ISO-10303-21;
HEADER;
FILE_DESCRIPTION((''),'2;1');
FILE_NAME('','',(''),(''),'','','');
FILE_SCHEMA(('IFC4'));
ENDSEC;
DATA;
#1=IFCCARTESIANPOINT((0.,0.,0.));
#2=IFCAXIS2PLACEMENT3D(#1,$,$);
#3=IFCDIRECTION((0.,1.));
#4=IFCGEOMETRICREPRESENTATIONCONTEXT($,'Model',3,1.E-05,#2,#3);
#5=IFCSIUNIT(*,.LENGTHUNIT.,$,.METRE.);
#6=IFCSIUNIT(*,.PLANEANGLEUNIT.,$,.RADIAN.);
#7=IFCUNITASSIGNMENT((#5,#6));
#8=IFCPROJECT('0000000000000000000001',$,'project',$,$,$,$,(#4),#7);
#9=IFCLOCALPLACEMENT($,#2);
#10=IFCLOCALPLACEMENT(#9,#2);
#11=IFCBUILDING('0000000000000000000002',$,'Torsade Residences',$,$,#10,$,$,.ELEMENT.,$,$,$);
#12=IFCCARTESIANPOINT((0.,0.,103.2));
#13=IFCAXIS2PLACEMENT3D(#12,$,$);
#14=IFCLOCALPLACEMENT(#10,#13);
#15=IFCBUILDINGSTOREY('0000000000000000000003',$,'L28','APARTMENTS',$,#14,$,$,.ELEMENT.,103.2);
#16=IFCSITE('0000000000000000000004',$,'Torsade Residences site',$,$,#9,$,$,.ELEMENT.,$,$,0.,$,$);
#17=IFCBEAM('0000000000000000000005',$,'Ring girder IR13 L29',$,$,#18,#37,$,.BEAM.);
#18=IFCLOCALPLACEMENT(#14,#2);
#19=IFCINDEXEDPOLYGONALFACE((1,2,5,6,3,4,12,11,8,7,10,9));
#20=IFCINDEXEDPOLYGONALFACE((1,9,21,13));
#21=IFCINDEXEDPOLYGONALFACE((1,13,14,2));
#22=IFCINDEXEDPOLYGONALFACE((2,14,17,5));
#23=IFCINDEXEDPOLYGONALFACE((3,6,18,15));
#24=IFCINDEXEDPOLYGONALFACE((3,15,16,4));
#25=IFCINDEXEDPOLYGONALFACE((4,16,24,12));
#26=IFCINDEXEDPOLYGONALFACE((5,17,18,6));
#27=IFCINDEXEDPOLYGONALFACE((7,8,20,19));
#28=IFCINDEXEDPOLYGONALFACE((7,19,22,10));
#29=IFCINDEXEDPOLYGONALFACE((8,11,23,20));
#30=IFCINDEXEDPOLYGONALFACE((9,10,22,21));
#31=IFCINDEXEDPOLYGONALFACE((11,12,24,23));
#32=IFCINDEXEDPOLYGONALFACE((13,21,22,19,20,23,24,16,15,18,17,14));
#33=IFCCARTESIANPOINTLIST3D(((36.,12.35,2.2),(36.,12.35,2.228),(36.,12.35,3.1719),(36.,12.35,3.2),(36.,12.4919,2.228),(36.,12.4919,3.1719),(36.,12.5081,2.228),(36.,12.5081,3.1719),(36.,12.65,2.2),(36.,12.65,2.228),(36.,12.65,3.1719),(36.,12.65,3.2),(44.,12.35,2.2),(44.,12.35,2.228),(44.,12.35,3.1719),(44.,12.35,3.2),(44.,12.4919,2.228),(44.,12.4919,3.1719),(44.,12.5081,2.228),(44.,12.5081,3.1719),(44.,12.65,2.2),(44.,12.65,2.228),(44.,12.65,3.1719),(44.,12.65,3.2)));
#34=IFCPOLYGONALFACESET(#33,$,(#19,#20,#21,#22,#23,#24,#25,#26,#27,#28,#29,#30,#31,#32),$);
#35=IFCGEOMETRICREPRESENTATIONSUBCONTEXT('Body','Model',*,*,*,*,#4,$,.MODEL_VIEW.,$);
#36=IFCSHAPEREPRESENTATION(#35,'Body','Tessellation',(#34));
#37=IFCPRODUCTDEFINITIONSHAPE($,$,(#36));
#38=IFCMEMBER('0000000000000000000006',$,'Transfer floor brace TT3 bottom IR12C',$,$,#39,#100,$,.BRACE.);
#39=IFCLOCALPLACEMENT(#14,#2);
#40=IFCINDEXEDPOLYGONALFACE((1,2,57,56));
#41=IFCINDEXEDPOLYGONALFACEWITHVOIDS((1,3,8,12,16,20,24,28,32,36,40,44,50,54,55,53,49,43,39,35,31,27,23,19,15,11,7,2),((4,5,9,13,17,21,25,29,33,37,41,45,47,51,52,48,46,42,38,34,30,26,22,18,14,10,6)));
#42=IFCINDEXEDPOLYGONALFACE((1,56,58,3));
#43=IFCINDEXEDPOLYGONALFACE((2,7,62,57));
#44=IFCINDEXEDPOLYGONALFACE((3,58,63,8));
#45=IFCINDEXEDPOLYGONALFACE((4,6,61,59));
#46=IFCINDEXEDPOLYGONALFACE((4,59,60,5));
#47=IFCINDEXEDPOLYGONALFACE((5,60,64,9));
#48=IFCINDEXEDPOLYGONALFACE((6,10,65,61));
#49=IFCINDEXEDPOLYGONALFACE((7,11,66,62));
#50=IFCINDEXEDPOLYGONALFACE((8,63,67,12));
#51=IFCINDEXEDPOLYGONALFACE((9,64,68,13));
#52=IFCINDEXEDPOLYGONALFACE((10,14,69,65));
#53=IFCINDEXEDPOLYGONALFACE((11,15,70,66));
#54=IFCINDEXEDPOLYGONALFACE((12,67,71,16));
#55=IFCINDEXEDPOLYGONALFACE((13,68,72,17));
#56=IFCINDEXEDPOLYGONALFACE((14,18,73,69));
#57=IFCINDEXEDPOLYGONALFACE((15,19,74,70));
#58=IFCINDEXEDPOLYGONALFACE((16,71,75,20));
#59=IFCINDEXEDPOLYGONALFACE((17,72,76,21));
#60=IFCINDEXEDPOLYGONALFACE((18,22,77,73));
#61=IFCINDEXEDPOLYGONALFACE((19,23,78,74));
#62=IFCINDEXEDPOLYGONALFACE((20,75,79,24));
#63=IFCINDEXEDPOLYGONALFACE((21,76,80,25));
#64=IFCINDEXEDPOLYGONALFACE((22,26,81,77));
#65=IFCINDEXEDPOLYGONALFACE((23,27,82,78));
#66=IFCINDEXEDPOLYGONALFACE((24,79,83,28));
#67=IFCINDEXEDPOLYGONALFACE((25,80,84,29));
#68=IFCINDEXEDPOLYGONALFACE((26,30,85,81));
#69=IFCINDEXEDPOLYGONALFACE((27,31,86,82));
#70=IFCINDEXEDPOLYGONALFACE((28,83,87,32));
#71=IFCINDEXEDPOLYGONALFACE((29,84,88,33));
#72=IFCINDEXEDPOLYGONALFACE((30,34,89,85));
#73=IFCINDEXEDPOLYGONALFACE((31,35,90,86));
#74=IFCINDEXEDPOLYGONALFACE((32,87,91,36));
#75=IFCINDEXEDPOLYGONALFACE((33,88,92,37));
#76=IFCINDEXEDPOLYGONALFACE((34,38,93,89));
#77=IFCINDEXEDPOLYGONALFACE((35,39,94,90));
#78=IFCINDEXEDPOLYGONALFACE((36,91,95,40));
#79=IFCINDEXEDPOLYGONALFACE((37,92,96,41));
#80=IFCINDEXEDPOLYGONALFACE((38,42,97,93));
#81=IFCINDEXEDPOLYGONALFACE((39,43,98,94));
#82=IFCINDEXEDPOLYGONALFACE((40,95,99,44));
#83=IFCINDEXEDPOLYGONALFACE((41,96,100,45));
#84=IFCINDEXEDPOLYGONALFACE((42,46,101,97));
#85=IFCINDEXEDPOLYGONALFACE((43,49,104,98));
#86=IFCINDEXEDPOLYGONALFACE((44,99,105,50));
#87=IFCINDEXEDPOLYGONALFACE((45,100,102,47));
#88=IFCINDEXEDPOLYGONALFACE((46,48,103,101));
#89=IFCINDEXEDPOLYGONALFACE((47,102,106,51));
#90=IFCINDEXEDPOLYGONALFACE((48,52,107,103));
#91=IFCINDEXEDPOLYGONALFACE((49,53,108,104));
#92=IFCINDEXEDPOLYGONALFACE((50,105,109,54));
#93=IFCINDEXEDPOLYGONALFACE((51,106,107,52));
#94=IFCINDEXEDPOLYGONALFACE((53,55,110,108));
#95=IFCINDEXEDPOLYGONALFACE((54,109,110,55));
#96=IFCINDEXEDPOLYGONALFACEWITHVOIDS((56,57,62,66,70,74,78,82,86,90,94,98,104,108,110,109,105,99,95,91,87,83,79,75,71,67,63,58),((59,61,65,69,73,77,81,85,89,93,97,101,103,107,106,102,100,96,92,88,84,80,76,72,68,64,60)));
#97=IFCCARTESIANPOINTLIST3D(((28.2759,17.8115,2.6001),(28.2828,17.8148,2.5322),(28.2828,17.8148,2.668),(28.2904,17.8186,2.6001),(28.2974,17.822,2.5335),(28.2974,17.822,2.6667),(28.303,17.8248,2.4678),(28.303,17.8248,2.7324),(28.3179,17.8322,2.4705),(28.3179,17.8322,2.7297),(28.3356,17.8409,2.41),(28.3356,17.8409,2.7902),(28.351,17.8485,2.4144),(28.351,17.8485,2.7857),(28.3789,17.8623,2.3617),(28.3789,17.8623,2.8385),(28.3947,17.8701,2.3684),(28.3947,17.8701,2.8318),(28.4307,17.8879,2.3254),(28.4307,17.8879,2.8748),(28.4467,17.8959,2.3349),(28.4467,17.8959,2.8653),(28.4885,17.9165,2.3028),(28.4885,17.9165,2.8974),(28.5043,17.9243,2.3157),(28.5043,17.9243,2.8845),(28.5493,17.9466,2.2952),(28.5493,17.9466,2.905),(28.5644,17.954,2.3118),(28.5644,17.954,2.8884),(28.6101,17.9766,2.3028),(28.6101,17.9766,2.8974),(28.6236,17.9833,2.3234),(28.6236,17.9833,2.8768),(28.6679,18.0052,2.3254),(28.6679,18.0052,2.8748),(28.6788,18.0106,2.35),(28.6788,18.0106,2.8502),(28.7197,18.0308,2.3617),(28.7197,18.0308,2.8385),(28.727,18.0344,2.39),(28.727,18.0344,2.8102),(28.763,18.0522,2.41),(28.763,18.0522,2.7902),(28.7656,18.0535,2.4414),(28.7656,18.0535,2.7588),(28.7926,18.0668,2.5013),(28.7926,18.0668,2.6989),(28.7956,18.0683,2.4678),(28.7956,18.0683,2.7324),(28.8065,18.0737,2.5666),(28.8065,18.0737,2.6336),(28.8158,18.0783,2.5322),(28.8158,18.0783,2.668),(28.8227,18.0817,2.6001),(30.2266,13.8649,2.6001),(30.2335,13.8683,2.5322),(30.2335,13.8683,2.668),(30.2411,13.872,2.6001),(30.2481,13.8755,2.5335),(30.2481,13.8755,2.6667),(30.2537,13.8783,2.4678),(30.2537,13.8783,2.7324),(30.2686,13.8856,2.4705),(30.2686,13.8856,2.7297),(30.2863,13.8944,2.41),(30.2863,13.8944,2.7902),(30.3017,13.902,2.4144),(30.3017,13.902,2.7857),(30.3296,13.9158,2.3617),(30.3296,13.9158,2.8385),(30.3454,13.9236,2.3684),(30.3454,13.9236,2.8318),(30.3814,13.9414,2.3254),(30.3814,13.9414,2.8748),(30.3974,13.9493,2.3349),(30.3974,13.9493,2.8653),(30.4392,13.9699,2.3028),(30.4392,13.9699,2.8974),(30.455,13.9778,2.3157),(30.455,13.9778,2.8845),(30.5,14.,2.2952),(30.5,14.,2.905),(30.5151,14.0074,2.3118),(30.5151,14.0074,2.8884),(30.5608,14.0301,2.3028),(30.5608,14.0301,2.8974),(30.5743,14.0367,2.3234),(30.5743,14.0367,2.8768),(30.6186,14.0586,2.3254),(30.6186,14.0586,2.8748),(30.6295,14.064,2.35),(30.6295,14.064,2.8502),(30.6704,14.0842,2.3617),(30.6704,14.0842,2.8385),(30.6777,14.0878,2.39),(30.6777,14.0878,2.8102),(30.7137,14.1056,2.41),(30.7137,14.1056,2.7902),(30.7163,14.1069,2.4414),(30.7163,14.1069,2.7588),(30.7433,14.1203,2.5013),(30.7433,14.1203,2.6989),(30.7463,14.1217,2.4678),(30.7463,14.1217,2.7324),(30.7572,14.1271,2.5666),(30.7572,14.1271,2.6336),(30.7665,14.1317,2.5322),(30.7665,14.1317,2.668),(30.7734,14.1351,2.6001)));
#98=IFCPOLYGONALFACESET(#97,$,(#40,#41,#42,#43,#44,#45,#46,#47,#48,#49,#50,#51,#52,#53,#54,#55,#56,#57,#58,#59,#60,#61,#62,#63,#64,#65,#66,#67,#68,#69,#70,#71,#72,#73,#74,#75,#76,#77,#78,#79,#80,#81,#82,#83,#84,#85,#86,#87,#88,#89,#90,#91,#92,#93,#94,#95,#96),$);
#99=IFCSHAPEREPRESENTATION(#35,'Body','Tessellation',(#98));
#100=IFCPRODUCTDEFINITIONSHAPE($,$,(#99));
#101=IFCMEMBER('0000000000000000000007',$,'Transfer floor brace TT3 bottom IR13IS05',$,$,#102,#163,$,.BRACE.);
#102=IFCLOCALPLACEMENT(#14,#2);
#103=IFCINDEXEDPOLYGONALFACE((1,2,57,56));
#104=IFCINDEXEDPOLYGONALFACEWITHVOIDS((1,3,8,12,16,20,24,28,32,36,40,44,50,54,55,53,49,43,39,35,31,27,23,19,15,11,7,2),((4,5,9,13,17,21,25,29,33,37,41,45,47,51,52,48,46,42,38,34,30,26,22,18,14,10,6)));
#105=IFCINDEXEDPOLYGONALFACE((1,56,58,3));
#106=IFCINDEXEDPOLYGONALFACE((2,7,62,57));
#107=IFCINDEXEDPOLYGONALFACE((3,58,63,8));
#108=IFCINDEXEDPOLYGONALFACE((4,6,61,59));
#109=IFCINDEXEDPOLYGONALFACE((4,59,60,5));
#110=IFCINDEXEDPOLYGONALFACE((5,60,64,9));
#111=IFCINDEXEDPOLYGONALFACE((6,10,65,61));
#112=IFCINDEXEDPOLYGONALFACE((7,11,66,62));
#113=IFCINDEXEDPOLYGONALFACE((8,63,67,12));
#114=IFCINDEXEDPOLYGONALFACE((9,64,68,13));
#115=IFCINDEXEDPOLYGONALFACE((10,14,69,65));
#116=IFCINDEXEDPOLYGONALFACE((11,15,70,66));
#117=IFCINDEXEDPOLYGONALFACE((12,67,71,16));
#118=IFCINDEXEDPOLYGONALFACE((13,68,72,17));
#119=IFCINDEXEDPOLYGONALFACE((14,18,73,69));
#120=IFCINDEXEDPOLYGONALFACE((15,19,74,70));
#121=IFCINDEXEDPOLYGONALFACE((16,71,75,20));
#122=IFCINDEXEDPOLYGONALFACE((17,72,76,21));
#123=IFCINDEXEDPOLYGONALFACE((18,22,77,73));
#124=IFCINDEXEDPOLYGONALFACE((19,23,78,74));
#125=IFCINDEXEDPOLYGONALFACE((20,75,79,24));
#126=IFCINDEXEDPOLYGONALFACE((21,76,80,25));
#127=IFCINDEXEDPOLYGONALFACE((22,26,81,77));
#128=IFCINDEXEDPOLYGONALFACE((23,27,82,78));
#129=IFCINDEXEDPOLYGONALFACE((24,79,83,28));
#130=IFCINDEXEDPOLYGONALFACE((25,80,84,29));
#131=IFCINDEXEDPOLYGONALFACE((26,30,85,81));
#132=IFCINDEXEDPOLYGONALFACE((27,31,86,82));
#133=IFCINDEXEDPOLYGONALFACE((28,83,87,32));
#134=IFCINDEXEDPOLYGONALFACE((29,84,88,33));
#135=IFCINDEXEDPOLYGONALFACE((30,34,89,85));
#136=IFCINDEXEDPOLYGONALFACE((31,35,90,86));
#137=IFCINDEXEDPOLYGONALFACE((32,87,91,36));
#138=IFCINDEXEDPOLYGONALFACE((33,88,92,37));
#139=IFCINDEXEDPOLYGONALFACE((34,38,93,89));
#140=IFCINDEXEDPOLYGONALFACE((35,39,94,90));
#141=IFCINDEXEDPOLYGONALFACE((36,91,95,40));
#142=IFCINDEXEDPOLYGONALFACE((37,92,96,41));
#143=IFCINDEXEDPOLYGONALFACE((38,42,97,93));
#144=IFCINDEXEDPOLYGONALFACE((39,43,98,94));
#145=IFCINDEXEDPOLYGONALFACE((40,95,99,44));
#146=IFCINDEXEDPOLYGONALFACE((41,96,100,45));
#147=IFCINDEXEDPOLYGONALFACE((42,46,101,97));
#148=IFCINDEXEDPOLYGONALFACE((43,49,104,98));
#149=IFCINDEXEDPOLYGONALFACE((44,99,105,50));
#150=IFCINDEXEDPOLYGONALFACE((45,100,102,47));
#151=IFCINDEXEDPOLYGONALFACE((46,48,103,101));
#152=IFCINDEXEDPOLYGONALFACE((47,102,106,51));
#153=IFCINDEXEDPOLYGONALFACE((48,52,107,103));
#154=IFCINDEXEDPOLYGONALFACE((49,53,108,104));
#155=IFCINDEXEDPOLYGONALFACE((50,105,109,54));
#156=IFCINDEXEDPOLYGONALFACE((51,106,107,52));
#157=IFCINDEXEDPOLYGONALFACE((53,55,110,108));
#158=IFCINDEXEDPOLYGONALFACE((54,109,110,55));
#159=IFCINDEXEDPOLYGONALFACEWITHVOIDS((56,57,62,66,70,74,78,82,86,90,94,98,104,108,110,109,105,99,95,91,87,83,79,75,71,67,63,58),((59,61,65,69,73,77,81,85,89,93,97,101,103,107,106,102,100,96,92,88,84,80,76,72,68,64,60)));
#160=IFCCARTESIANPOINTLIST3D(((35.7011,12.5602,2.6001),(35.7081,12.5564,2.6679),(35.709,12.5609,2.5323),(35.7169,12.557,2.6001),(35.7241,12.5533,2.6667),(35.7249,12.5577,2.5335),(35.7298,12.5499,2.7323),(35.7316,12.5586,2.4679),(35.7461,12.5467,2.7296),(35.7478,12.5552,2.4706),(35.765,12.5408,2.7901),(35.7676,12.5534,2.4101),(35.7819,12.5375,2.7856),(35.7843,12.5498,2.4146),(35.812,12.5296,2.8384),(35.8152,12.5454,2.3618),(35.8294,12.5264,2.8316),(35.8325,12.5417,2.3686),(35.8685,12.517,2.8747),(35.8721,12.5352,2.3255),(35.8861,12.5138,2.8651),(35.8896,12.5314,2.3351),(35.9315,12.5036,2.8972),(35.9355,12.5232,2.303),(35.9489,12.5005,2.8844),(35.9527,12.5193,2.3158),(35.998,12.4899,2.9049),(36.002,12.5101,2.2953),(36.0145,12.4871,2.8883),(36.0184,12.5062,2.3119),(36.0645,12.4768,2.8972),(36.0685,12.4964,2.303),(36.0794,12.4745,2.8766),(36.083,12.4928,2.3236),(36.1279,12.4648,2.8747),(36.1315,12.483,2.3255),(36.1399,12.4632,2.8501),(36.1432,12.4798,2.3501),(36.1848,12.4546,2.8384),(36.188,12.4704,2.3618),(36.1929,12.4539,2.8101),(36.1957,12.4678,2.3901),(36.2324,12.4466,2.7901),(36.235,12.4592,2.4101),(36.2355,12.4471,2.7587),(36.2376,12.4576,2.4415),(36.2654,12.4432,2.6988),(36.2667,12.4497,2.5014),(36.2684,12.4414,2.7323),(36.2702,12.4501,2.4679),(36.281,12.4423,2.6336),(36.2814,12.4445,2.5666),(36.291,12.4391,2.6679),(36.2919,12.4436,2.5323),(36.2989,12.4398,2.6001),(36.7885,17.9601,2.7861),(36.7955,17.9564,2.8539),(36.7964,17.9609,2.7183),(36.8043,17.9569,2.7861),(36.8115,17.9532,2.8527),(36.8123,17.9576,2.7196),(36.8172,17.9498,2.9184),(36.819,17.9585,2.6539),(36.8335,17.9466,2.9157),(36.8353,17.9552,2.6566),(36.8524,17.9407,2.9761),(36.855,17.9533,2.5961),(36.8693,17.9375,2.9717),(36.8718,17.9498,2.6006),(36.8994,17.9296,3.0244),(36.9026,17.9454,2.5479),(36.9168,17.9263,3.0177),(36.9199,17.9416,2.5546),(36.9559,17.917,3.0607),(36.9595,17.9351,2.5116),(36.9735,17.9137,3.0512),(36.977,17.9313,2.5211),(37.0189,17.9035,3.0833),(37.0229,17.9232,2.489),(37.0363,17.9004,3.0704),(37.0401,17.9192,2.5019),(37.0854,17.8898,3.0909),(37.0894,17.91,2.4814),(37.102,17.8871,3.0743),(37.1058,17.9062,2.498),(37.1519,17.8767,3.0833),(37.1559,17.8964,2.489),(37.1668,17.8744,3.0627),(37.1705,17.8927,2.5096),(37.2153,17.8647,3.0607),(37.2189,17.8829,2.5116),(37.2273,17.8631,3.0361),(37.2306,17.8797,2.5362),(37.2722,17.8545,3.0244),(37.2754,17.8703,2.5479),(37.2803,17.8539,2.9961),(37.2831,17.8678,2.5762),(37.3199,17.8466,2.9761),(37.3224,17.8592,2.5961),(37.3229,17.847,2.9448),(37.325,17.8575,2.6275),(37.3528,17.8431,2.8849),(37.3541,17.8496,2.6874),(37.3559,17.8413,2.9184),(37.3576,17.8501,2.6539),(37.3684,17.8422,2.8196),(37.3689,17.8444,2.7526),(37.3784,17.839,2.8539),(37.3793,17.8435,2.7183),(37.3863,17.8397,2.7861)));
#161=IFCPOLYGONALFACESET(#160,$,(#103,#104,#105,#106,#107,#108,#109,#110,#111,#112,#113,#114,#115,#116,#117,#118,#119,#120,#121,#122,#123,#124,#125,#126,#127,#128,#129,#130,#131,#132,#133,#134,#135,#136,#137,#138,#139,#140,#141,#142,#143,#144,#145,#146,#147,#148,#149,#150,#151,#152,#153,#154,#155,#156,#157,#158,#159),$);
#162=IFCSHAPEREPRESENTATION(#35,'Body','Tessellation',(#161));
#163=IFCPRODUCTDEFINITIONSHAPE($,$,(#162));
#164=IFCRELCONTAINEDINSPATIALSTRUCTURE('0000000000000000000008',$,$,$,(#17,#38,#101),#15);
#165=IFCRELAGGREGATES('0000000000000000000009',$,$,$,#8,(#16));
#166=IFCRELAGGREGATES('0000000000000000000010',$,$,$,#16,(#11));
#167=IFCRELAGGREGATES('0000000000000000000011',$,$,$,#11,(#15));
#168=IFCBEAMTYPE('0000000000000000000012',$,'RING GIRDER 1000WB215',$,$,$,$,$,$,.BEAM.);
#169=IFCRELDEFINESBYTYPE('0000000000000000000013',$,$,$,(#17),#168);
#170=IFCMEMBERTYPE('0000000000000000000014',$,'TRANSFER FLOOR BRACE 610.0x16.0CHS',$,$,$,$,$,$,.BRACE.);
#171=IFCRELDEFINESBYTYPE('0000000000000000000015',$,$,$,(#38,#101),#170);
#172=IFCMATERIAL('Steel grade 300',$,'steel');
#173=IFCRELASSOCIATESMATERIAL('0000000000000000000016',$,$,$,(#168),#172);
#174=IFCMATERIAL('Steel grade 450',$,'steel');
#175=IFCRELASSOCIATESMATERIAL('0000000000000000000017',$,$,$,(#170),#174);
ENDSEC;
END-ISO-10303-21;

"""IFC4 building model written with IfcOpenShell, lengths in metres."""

from ifc_helpers import new_model, si_unit, direction, frame, origin, origin_2d, place, context, subcontext, project, spatial, hollow_circle, i_section, extrude, material, material_profile, profile_set, type_object, element, save


model = new_model("IFC4")

# Units and contexts
model_context = context("Model", 3, precision=1e-05, world=origin(), true_north=direction((0.0, 1.0)))
body_context = subcontext(model_context, "Body", "Model", "MODEL_VIEW")
ifc_project = project(units=[si_unit("LENGTHUNIT", "METRE"), si_unit("PLANEANGLEUNIT", "RADIAN")], contexts=[model_context])

# Site, building, storey
site_placement = place(None, origin())
site = spatial("IfcSite", under=ifc_project, at=site_placement, Name="Torsade Residences site", CompositionType="ELEMENT", RefElevation=0.0)
building_placement = place(site_placement, origin())
building = spatial("IfcBuilding", under=site, at=building_placement, Name="Torsade Residences", CompositionType="ELEMENT")
storey_placement = place(building_placement, frame((0.0, 0.0, 103.2)))
storey = spatial("IfcBuildingStorey", under=building, at=storey_placement, Name="L28", Description="APARTMENTS", CompositionType="ELEMENT", Elevation=103.2)

# Beam
ifc_material_1 = material(Name="Steel grade 300", Category="steel")
ifc_material_profile_1 = material_profile(ifc_material_1, i_section(OverallWidth=0.3, OverallDepth=1.0, WebThickness=0.0161, FlangeThickness=0.0281, at=origin_2d()), Name="1000WB215")
ifc_profile_set_1 = profile_set([ifc_material_profile_1], Name="Steel grade 300")
beam_type_1 = type_object("IfcBeamType", Name="RING GIRDER 1000WB215", PredefinedType="BEAM", material=ifc_profile_set_1)
beam_1_placement = place(storey_placement, frame((36.0, 12.5, 2.7), z_axis=(1.0, 0.0, 0.0), x_axis=(0.0, 1.0, 0.0)))
element("IfcBeam", 1, at=beam_1_placement, inside=storey, type_object=beam_type_1, Name="Ring girder IR13 L29", PredefinedType="BEAM", context=body_context, shape_type="SweptSolid", body=[
    extrude(i_section(OverallWidth=0.3, OverallDepth=1.0, WebThickness=0.0161, FlangeThickness=0.0281, at=origin_2d()), origin(), (0.0, 0.0, 1.0), 8.0),
])

# Members
ifc_material_2 = material(Name="Steel grade 450", Category="steel")
ifc_material_profile_2 = material_profile(ifc_material_2, hollow_circle(Radius=0.3049, WallThickness=0.0161, at=origin_2d()), Name="610.0x16.0CHS")
ifc_profile_set_2 = profile_set([ifc_material_profile_2], Name="Steel grade 450")
member_type = type_object("IfcMemberType", Name="TRANSFER FLOOR BRACE 610.0x16.0CHS", PredefinedType="BRACE", material=ifc_profile_set_2)
member_1_placement = place(storey_placement, frame((30.5, 14.0, 2.6001), z_axis=(-0.443105, 0.89647, 0.0), x_axis=(-0.89647, -0.443105, 0.0)))
element("IfcMember", 2, at=member_1_placement, inside=storey, type_object=member_type, Name="Transfer floor brace TT3 bottom IR12C", PredefinedType="BRACE", context=body_context, shape_type="SweptSolid", body=[
    extrude(hollow_circle(Radius=0.3049, WallThickness=0.0161, at=origin_2d()), origin(), (0.0, 0.0, 1.0), 4.4023),
])
member_2_placement = place(storey_placement, frame((36.0, 12.5, 2.6001), z_axis=(0.197299, 0.979762, 0.033754), x_axis=(-0.980321, 0.197412, 0.0)))
element("IfcMember", 3, at=member_2_placement, inside=storey, type_object=member_type, Name="Transfer floor brace TT3 bottom IR13IS05", PredefinedType="BRACE", context=body_context, shape_type="SweptSolid", body=[
    extrude(hollow_circle(Radius=0.3049, WallThickness=0.0161, at=origin_2d()), origin(), (0.0, 0.0, 1.0), 5.5115),
])

save(model, "model.ifc")
